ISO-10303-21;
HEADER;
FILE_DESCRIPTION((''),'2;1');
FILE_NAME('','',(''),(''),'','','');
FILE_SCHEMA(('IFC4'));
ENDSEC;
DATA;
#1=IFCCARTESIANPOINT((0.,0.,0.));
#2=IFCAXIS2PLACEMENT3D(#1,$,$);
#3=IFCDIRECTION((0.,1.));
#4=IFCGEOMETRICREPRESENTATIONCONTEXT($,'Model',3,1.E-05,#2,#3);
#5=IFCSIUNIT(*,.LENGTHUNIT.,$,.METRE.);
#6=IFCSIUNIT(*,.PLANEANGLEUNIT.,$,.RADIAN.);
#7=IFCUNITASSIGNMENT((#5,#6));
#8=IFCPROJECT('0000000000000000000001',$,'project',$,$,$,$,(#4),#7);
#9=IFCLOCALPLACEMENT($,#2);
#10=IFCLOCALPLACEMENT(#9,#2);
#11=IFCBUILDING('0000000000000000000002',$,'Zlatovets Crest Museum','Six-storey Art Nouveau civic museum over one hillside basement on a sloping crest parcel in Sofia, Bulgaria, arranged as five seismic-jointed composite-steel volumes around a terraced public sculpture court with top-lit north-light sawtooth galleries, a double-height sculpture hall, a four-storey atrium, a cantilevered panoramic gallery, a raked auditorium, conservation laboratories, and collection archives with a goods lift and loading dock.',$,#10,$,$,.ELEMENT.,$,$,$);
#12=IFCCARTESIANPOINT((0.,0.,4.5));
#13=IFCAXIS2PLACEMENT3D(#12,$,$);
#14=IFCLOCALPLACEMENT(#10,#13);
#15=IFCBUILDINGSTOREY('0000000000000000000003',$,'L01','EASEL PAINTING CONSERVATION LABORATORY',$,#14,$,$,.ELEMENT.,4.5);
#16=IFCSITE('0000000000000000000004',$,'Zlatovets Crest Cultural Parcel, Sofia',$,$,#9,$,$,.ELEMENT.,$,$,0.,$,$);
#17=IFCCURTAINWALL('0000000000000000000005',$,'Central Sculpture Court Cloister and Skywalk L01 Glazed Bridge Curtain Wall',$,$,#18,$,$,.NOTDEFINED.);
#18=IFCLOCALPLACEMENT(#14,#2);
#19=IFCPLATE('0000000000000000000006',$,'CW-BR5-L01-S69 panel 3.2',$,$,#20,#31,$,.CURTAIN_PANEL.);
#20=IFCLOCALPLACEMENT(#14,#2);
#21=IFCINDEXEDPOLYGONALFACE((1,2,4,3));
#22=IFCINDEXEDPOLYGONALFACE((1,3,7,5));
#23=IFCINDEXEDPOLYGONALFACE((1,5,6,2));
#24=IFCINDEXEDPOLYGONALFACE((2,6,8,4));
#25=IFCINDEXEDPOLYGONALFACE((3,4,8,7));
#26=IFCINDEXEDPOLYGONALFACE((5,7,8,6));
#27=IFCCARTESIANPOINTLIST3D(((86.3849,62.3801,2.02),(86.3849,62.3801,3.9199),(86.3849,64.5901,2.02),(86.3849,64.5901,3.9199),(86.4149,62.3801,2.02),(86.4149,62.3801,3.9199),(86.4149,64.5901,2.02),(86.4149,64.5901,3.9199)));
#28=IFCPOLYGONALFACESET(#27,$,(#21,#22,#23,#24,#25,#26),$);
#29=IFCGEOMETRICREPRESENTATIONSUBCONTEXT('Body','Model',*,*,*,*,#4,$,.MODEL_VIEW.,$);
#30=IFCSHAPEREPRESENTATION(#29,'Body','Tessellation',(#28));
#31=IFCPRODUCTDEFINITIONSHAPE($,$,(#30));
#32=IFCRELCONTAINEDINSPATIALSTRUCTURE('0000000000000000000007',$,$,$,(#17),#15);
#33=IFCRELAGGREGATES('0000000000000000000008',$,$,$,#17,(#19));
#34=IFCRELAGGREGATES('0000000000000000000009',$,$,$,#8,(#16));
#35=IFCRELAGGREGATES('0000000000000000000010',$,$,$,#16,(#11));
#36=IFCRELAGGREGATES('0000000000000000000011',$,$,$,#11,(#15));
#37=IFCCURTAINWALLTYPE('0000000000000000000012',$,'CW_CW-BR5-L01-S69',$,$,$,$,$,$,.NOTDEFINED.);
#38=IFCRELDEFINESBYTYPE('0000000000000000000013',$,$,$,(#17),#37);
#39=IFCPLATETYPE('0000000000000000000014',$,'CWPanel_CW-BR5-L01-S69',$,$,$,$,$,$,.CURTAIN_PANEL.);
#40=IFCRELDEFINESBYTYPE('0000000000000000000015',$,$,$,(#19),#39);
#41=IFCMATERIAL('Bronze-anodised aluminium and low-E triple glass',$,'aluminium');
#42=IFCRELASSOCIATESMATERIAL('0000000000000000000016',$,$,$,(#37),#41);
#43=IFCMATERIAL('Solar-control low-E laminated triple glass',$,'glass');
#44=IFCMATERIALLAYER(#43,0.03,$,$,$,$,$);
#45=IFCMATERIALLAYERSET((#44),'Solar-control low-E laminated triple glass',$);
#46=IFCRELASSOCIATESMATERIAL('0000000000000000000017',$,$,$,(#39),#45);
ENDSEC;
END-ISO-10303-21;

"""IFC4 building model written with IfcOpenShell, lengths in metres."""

from ifc_helpers import new_model, si_unit, direction, frame, origin, origin_2d, place, context, subcontext, project, spatial, rectangle, extrude, material, layer, layer_set, type_object, element, aggregate, save


model = new_model("IFC4")

# Units and contexts
model_context = context("Model", 3, precision=1e-05, world=origin(), true_north=direction((0.0, 1.0)))
body_context = subcontext(model_context, "Body", "Model", "MODEL_VIEW")
ifc_project = project(units=[si_unit("LENGTHUNIT", "METRE"), si_unit("PLANEANGLEUNIT", "RADIAN")], contexts=[model_context])

# Site, building, storey
site_placement = place(None, origin())
site = spatial("IfcSite", under=ifc_project, at=site_placement, Name="Zlatovets Crest Cultural Parcel, Sofia", CompositionType="ELEMENT", RefElevation=0.0)
building_placement = place(site_placement, origin())
building = spatial("IfcBuilding", under=site, at=building_placement, Name="Zlatovets Crest Museum", Description="Six-storey Art Nouveau civic museum over one hillside basement on a sloping crest parcel in Sofia, Bulgaria, arranged as five seismic-jointed composite-steel volumes around a terraced public sculpture court with top-lit north-light sawtooth galleries, a double-height sculpture hall, a four-storey atrium, a cantilevered panoramic gallery, a raked auditorium, conservation laboratories, and collection archives with a goods lift and loading dock.", CompositionType="ELEMENT")
storey_placement = place(building_placement, frame((0.0, 0.0, 4.5)))
storey = spatial("IfcBuildingStorey", under=building, at=storey_placement, Name="L01", Description="EASEL PAINTING CONSERVATION LABORATORY", CompositionType="ELEMENT", Elevation=4.5)

# Shared definitions
ifc_material_1 = material(Name="Bronze-anodised aluminium and low-E triple glass", Category="aluminium")
curtain_wall_type = type_object("IfcCurtainWallType", Name="CW_CW-BR5-L01-S69", PredefinedType="NOTDEFINED", material=ifc_material_1)

# Curtain wall
curtain_wall_1_placement = place(storey_placement, origin())
curtain_wall_1 = element("IfcCurtainWall", 1, at=curtain_wall_1_placement, inside=storey, type_object=curtain_wall_type, Name="Central Sculpture Court Cloister and Skywalk L01 Glazed Bridge Curtain Wall", PredefinedType="NOTDEFINED")

# Plate
ifc_material_2 = material(Name="Solar-control low-E laminated triple glass", Category="glass")
ifc_layer = layer(ifc_material_2, 0.03)
ifc_layer_set = layer_set([ifc_layer], Name="Solar-control low-E laminated triple glass")
plate_type = type_object("IfcPlateType", Name="CWPanel_CW-BR5-L01-S69", PredefinedType="CURTAIN_PANEL", material=ifc_layer_set)
plate_1_placement = place(storey_placement, frame((86.3999, 63.4851, 2.02), z_axis=(0.0, 0.0, 1.0), x_axis=(0.0, 1.0, 0.0)))
plate_1 = element("IfcPlate", 2, at=plate_1_placement, type_object=plate_type, Name="CW-BR5-L01-S69 panel 3.2", PredefinedType="CURTAIN_PANEL", context=body_context, shape_type="SweptSolid", body=[
    extrude(rectangle(XDim=2.21, YDim=0.03, at=origin_2d()), origin(), (0.0, 0.0, 1.0), 1.8999),
])
aggregate(curtain_wall_1, [plate_1])

save(model, "model.ifc")
